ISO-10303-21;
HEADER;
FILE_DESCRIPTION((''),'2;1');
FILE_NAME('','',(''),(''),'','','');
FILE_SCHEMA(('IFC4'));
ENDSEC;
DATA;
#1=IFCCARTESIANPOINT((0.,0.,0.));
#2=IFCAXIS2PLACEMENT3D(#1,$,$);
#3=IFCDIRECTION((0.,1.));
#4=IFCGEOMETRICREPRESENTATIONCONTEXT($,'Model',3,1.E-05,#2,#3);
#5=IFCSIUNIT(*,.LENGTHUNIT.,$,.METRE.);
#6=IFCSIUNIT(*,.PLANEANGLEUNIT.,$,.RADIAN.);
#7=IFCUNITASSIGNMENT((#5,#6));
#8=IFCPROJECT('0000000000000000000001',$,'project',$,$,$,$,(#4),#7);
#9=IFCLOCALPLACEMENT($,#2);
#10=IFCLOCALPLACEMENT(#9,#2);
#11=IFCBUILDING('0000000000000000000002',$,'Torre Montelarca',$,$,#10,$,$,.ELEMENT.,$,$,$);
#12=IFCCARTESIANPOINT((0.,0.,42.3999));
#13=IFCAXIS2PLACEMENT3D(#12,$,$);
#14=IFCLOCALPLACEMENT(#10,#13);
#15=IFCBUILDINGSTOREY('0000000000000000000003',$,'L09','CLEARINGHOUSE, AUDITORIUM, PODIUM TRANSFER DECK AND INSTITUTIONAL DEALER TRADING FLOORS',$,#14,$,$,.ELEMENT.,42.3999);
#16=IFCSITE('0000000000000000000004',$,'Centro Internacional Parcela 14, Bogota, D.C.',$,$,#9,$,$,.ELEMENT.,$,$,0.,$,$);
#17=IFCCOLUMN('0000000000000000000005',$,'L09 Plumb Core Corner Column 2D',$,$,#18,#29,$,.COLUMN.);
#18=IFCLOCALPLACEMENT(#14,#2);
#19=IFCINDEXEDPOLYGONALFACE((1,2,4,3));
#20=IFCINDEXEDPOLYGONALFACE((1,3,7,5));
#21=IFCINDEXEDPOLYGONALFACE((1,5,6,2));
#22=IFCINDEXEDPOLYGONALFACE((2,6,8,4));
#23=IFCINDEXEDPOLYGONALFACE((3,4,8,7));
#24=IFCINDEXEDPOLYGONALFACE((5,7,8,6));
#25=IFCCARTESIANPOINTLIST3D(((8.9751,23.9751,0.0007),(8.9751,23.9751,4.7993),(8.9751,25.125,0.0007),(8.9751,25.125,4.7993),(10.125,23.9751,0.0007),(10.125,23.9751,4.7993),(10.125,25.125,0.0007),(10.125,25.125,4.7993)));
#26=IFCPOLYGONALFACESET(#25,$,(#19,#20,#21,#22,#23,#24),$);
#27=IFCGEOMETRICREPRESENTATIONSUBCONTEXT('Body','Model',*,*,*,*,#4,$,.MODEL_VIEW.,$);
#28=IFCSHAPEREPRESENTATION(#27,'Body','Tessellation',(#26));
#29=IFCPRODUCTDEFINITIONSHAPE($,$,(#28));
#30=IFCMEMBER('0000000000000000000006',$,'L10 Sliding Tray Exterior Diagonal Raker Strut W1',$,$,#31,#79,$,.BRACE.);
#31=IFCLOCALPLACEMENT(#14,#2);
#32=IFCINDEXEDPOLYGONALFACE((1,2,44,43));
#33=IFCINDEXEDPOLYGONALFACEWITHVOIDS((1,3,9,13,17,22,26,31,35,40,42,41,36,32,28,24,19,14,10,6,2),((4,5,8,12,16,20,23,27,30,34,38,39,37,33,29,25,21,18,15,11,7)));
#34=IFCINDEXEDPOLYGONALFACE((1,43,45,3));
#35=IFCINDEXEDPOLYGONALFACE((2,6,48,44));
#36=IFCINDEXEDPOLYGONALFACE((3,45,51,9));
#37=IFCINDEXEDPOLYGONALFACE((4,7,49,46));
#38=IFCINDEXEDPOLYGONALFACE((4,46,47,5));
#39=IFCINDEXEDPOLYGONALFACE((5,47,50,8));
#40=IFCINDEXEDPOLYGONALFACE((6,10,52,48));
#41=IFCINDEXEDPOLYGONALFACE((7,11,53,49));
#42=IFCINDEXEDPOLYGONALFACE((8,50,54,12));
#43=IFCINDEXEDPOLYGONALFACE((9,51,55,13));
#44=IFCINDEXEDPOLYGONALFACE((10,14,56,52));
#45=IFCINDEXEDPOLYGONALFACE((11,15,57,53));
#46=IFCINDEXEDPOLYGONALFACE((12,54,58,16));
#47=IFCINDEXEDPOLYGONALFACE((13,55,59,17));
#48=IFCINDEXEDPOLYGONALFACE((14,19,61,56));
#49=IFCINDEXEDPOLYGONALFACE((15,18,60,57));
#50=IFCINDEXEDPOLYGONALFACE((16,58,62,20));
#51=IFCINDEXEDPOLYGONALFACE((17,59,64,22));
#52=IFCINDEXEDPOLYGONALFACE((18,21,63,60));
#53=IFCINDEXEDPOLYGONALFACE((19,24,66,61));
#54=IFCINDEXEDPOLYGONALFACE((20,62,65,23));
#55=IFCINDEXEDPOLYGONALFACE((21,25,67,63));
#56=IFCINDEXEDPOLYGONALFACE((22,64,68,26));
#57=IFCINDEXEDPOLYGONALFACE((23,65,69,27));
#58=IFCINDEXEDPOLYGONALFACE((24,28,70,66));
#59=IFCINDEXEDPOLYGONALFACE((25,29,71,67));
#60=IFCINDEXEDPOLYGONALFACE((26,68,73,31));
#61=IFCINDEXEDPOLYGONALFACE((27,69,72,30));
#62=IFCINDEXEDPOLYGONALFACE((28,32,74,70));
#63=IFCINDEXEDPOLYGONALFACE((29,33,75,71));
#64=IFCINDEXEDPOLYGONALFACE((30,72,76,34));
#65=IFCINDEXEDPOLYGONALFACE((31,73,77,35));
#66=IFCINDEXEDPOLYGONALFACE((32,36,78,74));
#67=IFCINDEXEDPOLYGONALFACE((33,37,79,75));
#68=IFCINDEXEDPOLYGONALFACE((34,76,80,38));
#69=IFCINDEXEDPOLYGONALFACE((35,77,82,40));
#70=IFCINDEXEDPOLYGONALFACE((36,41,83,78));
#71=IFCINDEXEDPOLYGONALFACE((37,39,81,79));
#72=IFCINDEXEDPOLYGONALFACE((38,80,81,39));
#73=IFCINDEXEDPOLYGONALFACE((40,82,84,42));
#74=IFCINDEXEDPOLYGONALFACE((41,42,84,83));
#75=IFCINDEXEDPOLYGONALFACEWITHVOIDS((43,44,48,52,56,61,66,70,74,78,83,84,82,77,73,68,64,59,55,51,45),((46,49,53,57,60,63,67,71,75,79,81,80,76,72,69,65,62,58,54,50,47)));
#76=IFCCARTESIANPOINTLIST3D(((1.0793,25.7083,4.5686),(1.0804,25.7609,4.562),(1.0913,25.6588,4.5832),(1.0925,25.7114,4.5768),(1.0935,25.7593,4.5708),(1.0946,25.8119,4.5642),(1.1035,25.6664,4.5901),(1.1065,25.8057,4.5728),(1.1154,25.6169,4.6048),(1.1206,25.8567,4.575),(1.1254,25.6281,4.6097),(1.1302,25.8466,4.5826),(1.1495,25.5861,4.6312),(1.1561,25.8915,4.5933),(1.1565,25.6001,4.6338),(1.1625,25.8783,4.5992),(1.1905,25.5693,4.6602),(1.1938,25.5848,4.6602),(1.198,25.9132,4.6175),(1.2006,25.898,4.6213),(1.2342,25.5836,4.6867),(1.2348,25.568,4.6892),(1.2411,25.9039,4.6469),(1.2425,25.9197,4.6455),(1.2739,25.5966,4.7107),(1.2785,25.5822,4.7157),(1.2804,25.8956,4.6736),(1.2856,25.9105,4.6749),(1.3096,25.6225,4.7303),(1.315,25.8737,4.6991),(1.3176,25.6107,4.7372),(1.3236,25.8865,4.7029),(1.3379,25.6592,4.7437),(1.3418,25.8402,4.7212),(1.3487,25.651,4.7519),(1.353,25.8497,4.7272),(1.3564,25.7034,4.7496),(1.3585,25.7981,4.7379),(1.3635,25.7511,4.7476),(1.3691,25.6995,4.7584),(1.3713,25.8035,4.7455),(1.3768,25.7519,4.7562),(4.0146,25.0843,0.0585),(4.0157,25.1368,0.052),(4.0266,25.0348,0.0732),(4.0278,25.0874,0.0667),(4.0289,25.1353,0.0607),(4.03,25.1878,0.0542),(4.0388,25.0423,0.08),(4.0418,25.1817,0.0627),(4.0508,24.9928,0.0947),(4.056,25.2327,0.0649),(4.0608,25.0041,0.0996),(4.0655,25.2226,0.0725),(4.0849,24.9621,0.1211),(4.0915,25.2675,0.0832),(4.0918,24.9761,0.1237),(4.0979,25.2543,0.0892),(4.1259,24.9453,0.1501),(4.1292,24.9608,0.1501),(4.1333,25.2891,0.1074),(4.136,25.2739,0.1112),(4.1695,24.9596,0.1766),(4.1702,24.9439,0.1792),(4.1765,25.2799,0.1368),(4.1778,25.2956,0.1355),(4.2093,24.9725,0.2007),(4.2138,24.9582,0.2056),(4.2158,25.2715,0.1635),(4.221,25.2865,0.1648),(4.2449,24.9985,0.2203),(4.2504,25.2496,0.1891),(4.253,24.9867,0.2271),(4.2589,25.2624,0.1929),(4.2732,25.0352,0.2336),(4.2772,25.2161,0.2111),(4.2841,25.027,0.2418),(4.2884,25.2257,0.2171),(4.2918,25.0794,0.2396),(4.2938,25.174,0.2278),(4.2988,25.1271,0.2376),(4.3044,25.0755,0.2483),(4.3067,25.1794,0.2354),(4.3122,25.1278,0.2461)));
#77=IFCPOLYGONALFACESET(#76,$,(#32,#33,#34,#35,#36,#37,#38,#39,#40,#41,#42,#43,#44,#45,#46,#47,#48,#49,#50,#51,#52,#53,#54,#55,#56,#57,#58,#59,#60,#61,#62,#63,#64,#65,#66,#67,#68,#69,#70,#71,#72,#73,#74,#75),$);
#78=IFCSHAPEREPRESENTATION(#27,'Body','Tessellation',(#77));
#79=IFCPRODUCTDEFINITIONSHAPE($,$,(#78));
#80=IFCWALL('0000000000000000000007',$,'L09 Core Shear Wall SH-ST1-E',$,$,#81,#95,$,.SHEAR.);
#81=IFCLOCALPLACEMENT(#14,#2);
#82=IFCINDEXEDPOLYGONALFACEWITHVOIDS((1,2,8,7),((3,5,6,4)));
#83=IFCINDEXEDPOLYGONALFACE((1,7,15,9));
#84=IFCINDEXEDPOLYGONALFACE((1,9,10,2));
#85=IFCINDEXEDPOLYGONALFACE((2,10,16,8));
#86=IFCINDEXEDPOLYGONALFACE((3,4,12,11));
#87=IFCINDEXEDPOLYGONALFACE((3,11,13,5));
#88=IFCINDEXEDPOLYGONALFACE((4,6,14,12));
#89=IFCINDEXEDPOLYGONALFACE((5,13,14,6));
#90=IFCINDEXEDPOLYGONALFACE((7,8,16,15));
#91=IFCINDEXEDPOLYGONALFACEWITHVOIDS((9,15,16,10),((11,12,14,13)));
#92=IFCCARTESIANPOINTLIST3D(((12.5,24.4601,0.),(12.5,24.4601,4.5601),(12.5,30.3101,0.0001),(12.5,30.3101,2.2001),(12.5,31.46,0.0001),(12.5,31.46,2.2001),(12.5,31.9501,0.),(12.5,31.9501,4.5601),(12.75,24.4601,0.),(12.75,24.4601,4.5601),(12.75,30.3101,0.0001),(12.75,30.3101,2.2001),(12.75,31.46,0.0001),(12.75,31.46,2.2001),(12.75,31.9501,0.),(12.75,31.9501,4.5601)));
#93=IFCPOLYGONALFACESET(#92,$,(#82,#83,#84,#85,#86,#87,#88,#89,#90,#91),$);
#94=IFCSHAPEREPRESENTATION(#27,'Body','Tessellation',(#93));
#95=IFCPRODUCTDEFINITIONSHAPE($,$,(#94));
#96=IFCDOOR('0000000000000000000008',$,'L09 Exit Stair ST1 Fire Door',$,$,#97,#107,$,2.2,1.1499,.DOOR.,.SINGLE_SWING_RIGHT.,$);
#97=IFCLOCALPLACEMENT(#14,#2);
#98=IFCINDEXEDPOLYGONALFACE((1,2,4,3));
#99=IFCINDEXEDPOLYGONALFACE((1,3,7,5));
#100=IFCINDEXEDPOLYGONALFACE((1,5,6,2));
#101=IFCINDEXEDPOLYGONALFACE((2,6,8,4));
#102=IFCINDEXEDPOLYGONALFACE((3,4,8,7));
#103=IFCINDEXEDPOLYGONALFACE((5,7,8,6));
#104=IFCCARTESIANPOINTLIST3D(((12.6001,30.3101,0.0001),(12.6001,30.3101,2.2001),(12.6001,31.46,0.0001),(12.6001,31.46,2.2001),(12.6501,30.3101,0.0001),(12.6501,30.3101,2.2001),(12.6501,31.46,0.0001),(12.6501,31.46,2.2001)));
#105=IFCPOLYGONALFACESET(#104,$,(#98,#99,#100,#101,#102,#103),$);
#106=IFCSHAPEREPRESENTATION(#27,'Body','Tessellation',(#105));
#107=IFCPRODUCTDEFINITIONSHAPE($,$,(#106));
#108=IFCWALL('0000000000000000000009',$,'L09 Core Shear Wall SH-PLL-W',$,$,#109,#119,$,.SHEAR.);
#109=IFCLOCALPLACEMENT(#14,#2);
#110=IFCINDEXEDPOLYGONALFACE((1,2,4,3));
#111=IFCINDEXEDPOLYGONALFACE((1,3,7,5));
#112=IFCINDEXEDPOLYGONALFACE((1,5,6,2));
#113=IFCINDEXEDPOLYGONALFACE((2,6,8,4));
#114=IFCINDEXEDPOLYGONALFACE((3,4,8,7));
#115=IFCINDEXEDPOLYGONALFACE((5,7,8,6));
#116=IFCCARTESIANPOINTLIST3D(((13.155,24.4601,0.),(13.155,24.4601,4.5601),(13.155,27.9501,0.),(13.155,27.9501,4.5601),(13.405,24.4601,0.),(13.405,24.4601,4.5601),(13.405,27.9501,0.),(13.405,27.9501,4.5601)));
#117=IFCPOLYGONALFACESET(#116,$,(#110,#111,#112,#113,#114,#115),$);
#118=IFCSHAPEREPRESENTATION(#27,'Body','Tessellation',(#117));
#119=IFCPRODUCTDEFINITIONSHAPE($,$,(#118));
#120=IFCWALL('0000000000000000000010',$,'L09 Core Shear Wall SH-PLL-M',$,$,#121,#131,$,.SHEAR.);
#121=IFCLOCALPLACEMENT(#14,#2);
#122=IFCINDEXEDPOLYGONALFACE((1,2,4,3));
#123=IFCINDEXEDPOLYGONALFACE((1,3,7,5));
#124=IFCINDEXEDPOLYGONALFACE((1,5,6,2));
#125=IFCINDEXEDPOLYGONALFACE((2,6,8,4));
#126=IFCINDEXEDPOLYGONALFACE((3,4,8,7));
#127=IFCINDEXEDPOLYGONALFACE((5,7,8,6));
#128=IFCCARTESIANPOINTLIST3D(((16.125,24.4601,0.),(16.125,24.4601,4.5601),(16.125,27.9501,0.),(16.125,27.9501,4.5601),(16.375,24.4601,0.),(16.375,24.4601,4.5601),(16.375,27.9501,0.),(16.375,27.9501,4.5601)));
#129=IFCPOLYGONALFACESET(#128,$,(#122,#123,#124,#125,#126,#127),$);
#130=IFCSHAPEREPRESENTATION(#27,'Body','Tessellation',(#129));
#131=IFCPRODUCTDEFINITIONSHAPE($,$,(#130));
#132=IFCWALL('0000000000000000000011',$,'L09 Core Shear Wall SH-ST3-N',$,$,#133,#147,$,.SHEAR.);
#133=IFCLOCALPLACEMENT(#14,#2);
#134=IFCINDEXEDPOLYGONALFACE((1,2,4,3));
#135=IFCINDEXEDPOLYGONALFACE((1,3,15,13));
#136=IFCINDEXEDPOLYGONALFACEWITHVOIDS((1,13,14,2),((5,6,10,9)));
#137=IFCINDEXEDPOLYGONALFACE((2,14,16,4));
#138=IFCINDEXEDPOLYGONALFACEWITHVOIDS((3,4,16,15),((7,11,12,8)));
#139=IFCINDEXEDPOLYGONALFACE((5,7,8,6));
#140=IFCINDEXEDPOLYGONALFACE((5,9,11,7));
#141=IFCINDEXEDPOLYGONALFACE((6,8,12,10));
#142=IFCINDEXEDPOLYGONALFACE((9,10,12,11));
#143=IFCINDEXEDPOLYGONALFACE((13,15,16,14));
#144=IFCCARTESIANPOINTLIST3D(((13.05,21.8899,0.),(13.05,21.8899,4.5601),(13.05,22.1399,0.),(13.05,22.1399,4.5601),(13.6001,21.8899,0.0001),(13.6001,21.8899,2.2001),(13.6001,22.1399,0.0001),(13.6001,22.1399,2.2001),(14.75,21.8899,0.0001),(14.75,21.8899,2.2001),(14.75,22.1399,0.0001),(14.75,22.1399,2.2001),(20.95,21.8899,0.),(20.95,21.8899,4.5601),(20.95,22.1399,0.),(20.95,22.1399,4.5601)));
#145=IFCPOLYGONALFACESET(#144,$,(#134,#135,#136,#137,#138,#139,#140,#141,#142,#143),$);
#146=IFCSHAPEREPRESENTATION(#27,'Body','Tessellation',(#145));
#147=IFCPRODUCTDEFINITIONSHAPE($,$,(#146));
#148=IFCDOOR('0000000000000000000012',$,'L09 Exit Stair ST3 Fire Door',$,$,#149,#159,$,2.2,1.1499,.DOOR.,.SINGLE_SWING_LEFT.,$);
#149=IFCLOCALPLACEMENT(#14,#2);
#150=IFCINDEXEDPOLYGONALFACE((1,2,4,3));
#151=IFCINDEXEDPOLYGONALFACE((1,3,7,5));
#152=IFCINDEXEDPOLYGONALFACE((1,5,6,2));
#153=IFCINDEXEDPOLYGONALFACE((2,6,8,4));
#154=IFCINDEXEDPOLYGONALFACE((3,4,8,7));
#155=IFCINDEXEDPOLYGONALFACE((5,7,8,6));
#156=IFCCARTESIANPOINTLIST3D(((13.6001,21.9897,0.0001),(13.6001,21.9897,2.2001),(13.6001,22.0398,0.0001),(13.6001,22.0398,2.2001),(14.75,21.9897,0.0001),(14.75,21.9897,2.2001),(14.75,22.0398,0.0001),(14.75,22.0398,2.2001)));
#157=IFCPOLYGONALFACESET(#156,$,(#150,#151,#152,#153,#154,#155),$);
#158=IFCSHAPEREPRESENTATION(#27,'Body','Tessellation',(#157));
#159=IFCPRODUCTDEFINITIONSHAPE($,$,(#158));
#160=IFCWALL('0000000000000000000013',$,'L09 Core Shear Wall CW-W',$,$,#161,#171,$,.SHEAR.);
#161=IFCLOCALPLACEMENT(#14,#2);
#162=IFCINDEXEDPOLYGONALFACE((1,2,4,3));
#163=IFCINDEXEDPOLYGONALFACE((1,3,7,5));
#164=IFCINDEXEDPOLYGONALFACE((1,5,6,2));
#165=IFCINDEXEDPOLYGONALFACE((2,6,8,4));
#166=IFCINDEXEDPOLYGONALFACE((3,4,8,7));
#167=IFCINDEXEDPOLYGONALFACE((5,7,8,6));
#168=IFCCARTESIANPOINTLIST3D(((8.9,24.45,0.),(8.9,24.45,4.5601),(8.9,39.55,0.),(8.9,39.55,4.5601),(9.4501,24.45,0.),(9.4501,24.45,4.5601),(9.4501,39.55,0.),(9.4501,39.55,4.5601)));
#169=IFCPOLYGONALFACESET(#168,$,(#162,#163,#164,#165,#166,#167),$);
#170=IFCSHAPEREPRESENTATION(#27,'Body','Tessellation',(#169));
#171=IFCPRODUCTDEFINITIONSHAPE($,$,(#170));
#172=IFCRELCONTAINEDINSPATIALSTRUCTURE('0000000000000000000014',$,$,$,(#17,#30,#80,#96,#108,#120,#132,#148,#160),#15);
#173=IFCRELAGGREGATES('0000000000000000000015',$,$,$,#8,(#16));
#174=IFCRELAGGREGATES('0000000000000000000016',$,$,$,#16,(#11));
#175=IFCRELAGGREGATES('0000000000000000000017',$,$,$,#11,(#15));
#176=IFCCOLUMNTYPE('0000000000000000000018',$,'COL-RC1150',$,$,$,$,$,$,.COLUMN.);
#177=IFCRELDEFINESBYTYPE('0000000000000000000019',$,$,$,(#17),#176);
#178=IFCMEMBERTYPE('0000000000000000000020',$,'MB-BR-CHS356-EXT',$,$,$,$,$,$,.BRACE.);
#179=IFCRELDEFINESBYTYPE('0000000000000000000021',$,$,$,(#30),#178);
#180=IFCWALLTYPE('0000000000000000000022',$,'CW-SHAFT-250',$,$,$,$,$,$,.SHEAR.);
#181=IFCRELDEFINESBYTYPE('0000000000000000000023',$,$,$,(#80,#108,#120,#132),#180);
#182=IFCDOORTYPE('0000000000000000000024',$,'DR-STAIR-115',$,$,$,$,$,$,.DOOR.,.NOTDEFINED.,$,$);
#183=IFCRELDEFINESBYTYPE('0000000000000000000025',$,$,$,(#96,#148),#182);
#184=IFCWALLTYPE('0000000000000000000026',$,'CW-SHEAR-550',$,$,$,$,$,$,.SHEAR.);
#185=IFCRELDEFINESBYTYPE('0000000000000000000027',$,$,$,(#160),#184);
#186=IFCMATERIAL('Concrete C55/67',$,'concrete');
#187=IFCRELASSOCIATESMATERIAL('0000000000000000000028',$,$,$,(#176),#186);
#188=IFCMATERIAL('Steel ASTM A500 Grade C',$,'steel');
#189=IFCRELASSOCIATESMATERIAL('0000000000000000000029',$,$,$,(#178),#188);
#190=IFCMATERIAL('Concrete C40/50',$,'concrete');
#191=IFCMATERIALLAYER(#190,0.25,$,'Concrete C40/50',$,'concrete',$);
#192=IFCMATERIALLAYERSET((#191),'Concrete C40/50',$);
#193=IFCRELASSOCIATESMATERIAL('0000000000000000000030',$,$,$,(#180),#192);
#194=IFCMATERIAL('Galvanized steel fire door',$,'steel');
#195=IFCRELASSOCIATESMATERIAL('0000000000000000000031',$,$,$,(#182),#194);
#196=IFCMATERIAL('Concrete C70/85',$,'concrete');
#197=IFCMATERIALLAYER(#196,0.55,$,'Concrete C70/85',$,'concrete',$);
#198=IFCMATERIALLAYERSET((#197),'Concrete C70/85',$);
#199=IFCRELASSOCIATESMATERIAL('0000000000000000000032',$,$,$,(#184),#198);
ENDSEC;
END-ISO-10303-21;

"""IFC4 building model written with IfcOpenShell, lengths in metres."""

from ifc_helpers import new_model, si_unit, direction, frame, frame_2d, origin, origin_2d, place, context, subcontext, project, spatial, rectangle, hollow_circle, extrude, source, transform, mapped, material, layer, layer_set, material_profile, profile_set, type_object, element, fill, save


model = new_model("IFC4")

# Units and contexts
model_context = context("Model", 3, precision=1e-05, world=origin(), true_north=direction((0.0, 1.0)))
body_context = subcontext(model_context, "Body", "Model", "MODEL_VIEW")
ifc_project = project(units=[si_unit("LENGTHUNIT", "METRE"), si_unit("PLANEANGLEUNIT", "RADIAN")], contexts=[model_context])

# Site, building, storey
site_placement = place(None, origin())
site = spatial("IfcSite", under=ifc_project, at=site_placement, Name="Centro Internacional Parcela 14, Bogota, D.C.", CompositionType="ELEMENT", RefElevation=0.0)
building_placement = place(site_placement, origin())
building = spatial("IfcBuilding", under=site, at=building_placement, Name="Torre Montelarca", CompositionType="ELEMENT")
storey_placement = place(building_placement, frame((0.0, 0.0, 42.3999)))
storey = spatial("IfcBuildingStorey", under=building, at=storey_placement, Name="L09", Description="CLEARINGHOUSE, AUDITORIUM, PODIUM TRANSFER DECK AND INSTITUTIONAL DEALER TRADING FLOORS", CompositionType="ELEMENT", Elevation=42.3999)

# Column
ifc_material_1 = material(Name="Concrete C70/85", Category="concrete")
ifc_material_2 = material(Name="Concrete C55/67", Category="concrete")
ifc_material_profile_1 = material_profile(ifc_material_2, rectangle(XDim=1.1499, YDim=1.1499, at=origin_2d()), Name="RC1150X1150", Category="concrete")
ifc_profile_set_1 = profile_set([ifc_material_profile_1], Name="Concrete C55/67")
column_type_1 = type_object("IfcColumnType", Name="COL-RC1150", PredefinedType="COLUMN", material=ifc_profile_set_1)
shared_shape_1 = source(origin(), body_context, "Body", "SweptSolid", [
    extrude(rectangle(XDim=1.1499, YDim=1.1499, at=origin_2d()), origin(), (0.0, 0.0, 1.0), 4.7986),
])
column_1_placement = place(storey_placement, frame((9.55, 24.55, 0.0007), z_axis=(0.0, 0.0, 1.0), x_axis=(1.0, 0.0, 0.0)))
element("IfcColumn", 1, at=column_1_placement, inside=storey, type_object=column_type_1, Name="L09 Plumb Core Corner Column 2D", PredefinedType="COLUMN", context=body_context, shape_type="MappedRepresentation", body=[
    mapped(shared_shape_1, transform((0.0, 0.0, 0.0), scale=1.0)),
])

# Member
ifc_material_3 = material(Name="Steel ASTM A500 Grade C", Category="steel")
ifc_material_profile_2 = material_profile(ifc_material_3, hollow_circle(Radius=0.1777, WallThickness=0.0159, at=origin_2d()), Name="HSS355.6X15.9", Category="steel")
ifc_profile_set_2 = profile_set([ifc_material_profile_2], Name="Steel ASTM A500 Grade C")
member_type = type_object("IfcMemberType", Name="MB-BR-CHS356-EXT", PredefinedType="BRACE", material=ifc_profile_set_2)
shared_shape_2 = source(origin(), body_context, "Body", "SweptSolid", [
    extrude(hollow_circle(Radius=0.1777, WallThickness=0.0159, at=origin_2d()), origin(), (0.0, 0.0, 1.0), 5.4172),
])
member_placement = place(storey_placement, frame((4.1628, 25.1191, 0.1501), z_axis=(-0.541853, 0.115194, 0.832542), x_axis=(-0.207945, -0.97814, 0.0)))
element("IfcMember", 2, at=member_placement, inside=storey, type_object=member_type, Name="L10 Sliding Tray Exterior Diagonal Raker Strut W1", PredefinedType="BRACE", context=body_context, shape_type="MappedRepresentation", body=[
    mapped(shared_shape_2, transform((0.0, 0.0, 0.0), scale=1.0)),
])

# Wall, opening, door
ifc_material_4 = material(Name="Concrete C40/50", Category="concrete")
ifc_layer_1 = layer(ifc_material_4, 0.25, Name="Concrete C40/50", Category="concrete")
ifc_layer_set_1 = layer_set([ifc_layer_1], Name="Concrete C40/50")
wall_type_1 = type_object("IfcWallType", Name="CW-SHAFT-250", PredefinedType="SHEAR", material=ifc_layer_set_1)
wall_1_placement = place(storey_placement, frame((12.625, 24.46, 0.0), z_axis=(0.0, 0.0, 1.0), x_axis=(0.0, 1.0, 0.0)))
wall_1 = element("IfcWall", 3, at=wall_1_placement, inside=storey, type_object=wall_type_1, Name="L09 Core Shear Wall SH-ST1-E", PredefinedType="SHEAR", context=body_context, shape_type="SweptSolid", body=[
    extrude(rectangle(XDim=7.49, YDim=0.25, at=frame_2d((3.7451, 0.0))), origin(), (0.0, 0.0, 1.0), 4.5601),
])
opening_1_placement = place(wall_1_placement, frame((5.8501, 0.0, 0.0)))
opening_1 = element("IfcOpeningElement", 4, at=opening_1_placement, cuts=wall_1, PredefinedType="OPENING", context=body_context, shape_type="SweptSolid", body=[
    extrude(rectangle(XDim=1.1499, YDim=2.2, at=frame_2d((0.575, 1.1001))), frame((0.0, 0.135, 0.0), z_axis=(0.0, -1.0, 0.0), x_axis=(1.0, 0.0, 0.0)), (0.0, 0.0, 1.0), 0.27),
])
ifc_material_5 = material(Name="Galvanized steel fire door", Category="steel")
door_type = type_object("IfcDoorType", Name="DR-STAIR-115", OperationType="NOTDEFINED", PredefinedType="DOOR", material=ifc_material_5)
shared_shape_3 = source(origin(), body_context, "Body", "SweptSolid", [
    extrude(rectangle(XDim=1.1499, YDim=2.2, at=frame_2d((0.575, 1.1001))), frame((0.0, 0.0249, 0.0), z_axis=(0.0, -1.0, 0.0), x_axis=(1.0, 0.0, 0.0)), (0.0, 0.0, 1.0), 0.05),
])
door_1_placement = place(opening_1_placement, origin())
door_1 = element("IfcDoor", 5, at=door_1_placement, inside=storey, type_object=door_type, Name="L09 Exit Stair ST1 Fire Door", OperationType="SINGLE_SWING_RIGHT", OverallHeight=2.2, OverallWidth=1.1499, PredefinedType="DOOR", context=body_context, shape_type="MappedRepresentation", body=[
    mapped(shared_shape_3, transform((0.0, 0.0, 0.0), scale=1.0)),
])
fill(opening_1, door_1)

# Walls
for number, where, z_axis, x_axis, name in (
    (6, (13.28, 24.46, 0.0), (0.0, 0.0, 1.0), (0.0, 1.0, 0.0), "L09 Core Shear Wall SH-PLL-W"),
    (7, (16.25, 24.46, 0.0), (0.0, 0.0, 1.0), (0.0, 1.0, 0.0), "L09 Core Shear Wall SH-PLL-M"),
):
    element("IfcWall", number, at=place(storey_placement, frame(where, z_axis=z_axis, x_axis=x_axis)), inside=storey, type_object=wall_type_1, Name=name, PredefinedType="SHEAR", context=body_context, shape_type="SweptSolid", body=[
        extrude(rectangle(XDim=3.49, YDim=0.25, at=frame_2d((1.7451, 0.0))), origin(), (0.0, 0.0, 1.0), 4.5601),
    ])

# Wall, opening, door
wall_2_placement = place(storey_placement, frame((13.05, 22.0149, 0.0), z_axis=(0.0, 0.0, 1.0), x_axis=(1.0, 0.0, 0.0)))
wall_2 = element("IfcWall", 8, at=wall_2_placement, inside=storey, type_object=wall_type_1, Name="L09 Core Shear Wall SH-ST3-N", PredefinedType="SHEAR", context=body_context, shape_type="SweptSolid", body=[
    extrude(rectangle(XDim=7.8999, YDim=0.25, at=frame_2d((3.95, 0.0))), origin(), (0.0, 0.0, 1.0), 4.5601),
])
opening_2_placement = place(wall_2_placement, frame((0.55, 0.0, 0.0)))
opening_2 = element("IfcOpeningElement", 9, at=opening_2_placement, cuts=wall_2, PredefinedType="OPENING", context=body_context, shape_type="SweptSolid", body=[
    extrude(rectangle(XDim=1.1499, YDim=2.2, at=frame_2d((0.575, 1.1001))), frame((0.0, 0.135, 0.0), z_axis=(0.0, -1.0, 0.0), x_axis=(1.0, 0.0, 0.0)), (0.0, 0.0, 1.0), 0.27),
])
door_2_placement = place(opening_2_placement, origin())
door_2 = element("IfcDoor", 10, at=door_2_placement, inside=storey, type_object=door_type, Name="L09 Exit Stair ST3 Fire Door", OperationType="SINGLE_SWING_LEFT", OverallHeight=2.2, OverallWidth=1.1499, PredefinedType="DOOR", context=body_context, shape_type="MappedRepresentation", body=[
    mapped(shared_shape_3, transform((0.0, 0.0, 0.0), scale=1.0)),
])
fill(opening_2, door_2)

# Wall
ifc_layer_2 = layer(ifc_material_1, 0.55, Name="Concrete C70/85", Category="concrete")
ifc_layer_set_2 = layer_set([ifc_layer_2], Name="Concrete C70/85")
wall_type_2 = type_object("IfcWallType", Name="CW-SHEAR-550", PredefinedType="SHEAR", material=ifc_layer_set_2)
wall_3_placement = place(storey_placement, frame((9.175, 24.45, 0.0), z_axis=(0.0, 0.0, 1.0), x_axis=(0.0, 1.0, 0.0)))
element("IfcWall", 11, at=wall_3_placement, inside=storey, type_object=wall_type_2, Name="L09 Core Shear Wall CW-W", PredefinedType="SHEAR", context=body_context, shape_type="SweptSolid", body=[
    extrude(rectangle(XDim=15.1001, YDim=0.55, at=frame_2d((7.55, 0.0))), origin(), (0.0, 0.0, 1.0), 4.5601),
])

save(model, "model.ifc")
